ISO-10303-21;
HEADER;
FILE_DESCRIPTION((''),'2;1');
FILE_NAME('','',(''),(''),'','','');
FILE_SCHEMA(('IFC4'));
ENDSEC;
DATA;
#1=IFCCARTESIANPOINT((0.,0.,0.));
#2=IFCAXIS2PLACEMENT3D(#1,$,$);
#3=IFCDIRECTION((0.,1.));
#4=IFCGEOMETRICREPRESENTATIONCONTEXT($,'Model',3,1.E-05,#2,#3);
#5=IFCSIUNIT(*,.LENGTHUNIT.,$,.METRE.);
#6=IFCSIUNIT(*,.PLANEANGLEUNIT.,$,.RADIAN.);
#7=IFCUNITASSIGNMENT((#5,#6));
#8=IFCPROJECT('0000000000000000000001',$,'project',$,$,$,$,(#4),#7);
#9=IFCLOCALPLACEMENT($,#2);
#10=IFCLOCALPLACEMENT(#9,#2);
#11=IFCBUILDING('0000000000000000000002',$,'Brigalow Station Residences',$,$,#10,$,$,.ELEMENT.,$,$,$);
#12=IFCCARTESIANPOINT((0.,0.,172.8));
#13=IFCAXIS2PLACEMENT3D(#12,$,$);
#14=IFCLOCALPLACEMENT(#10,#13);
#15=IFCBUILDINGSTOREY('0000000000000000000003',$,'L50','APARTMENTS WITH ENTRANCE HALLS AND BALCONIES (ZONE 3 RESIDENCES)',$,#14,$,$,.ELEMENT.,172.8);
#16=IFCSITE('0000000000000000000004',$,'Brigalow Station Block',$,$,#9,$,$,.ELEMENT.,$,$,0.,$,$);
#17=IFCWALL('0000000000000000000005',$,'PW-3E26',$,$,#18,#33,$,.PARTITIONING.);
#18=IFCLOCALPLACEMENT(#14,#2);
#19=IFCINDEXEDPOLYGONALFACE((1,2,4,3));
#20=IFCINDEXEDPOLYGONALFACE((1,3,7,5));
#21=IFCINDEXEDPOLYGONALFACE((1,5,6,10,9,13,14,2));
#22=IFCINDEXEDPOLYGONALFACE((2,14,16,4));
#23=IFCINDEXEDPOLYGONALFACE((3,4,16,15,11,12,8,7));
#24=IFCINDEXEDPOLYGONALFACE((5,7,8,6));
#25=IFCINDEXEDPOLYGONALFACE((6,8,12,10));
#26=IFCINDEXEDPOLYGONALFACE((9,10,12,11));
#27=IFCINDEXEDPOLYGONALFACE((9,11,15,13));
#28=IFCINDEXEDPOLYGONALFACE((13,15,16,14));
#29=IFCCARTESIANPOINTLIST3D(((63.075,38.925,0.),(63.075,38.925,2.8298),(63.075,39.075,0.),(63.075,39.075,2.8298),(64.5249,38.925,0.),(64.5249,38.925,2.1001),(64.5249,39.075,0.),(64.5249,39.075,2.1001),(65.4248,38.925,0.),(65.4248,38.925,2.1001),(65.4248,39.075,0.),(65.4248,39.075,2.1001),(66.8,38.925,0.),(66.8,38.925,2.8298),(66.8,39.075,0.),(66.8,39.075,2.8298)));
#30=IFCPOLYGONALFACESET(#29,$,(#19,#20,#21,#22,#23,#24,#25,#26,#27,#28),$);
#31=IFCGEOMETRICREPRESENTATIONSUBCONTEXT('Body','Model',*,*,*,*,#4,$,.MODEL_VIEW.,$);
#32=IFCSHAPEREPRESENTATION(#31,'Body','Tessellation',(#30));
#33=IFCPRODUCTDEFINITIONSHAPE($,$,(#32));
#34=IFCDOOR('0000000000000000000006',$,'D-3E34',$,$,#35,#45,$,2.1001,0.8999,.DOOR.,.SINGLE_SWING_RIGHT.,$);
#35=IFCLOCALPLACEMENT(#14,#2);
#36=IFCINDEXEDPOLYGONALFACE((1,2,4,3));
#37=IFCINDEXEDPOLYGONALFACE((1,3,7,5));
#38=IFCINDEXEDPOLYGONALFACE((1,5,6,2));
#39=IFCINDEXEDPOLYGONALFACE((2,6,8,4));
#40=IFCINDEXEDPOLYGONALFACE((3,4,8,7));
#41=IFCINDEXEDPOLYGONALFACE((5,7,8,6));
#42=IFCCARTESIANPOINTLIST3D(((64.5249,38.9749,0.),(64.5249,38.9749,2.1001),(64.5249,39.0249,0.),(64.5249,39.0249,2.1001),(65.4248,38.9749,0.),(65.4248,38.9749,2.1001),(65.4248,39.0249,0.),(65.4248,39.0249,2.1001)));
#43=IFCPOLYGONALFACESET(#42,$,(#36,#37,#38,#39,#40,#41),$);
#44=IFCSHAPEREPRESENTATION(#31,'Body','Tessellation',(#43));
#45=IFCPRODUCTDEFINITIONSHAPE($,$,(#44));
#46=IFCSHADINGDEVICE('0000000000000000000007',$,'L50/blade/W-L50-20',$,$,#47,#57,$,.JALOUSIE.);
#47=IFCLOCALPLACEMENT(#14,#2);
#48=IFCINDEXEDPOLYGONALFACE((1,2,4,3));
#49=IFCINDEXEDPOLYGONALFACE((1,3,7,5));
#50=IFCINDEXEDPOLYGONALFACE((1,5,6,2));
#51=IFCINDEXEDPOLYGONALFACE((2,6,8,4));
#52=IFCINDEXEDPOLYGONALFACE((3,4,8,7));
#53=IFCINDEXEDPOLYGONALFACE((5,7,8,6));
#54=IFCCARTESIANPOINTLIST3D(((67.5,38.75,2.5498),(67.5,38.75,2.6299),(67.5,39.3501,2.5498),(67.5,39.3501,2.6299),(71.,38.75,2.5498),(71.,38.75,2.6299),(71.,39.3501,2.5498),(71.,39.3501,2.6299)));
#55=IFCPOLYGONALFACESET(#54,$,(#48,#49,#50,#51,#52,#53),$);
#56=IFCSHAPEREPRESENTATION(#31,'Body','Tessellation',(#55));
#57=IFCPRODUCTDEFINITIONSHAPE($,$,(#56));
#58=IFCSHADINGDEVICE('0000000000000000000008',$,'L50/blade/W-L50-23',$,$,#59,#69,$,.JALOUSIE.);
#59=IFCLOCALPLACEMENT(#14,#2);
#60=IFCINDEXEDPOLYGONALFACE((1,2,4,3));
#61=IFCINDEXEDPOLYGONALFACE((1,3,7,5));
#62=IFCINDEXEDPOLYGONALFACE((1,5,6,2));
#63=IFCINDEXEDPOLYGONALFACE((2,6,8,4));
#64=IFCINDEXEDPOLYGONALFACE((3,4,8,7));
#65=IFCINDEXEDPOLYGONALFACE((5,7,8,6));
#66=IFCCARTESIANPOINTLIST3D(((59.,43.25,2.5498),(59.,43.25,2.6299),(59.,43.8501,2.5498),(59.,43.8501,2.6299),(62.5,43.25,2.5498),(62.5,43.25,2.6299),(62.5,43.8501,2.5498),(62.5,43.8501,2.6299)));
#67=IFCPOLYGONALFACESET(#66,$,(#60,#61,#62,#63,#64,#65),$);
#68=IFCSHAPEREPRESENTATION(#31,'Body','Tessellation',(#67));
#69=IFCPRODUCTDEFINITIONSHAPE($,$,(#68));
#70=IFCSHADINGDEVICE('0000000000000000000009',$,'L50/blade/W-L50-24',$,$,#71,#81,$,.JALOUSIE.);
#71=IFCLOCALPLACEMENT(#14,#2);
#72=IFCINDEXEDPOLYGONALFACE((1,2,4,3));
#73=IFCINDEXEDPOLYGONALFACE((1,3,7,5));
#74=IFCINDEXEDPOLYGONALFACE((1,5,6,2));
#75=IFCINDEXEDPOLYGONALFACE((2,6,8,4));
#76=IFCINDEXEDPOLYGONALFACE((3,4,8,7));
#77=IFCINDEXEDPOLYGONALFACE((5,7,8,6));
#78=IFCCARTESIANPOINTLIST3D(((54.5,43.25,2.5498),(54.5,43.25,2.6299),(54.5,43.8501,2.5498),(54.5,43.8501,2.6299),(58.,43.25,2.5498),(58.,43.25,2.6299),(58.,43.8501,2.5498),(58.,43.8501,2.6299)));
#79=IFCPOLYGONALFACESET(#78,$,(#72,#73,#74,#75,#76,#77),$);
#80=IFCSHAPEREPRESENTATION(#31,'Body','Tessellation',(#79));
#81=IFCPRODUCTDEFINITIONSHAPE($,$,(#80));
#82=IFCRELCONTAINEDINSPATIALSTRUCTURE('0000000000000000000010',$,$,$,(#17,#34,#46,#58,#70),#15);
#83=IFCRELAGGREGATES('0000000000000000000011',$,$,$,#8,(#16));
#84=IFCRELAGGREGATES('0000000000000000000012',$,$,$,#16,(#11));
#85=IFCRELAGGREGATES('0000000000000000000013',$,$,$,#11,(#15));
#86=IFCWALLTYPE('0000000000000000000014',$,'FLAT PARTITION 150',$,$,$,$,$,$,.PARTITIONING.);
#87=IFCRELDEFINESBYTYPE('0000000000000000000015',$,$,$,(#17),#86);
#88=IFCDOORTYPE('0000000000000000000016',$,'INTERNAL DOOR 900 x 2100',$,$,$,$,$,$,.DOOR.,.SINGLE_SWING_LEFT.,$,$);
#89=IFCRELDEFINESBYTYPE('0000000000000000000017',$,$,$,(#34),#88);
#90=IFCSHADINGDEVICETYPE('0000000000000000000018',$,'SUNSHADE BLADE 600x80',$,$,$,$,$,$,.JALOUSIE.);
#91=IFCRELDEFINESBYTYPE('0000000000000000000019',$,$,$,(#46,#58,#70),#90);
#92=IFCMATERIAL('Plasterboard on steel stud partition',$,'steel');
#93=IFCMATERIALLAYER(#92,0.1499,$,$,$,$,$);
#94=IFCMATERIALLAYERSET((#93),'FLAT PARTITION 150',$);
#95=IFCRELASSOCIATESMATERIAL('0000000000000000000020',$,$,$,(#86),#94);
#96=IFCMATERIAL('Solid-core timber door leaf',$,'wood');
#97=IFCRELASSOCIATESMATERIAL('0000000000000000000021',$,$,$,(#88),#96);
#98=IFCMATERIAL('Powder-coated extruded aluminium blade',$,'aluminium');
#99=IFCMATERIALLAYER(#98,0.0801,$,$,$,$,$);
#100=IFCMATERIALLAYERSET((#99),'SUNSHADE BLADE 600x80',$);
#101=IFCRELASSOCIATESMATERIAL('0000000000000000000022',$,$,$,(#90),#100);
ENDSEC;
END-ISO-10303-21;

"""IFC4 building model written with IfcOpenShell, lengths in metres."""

from ifc_helpers import new_model, si_unit, direction, frame, frame_2d, origin, origin_2d, place, context, subcontext, project, spatial, rectangle, extrude, material, layer, layer_set, type_object, element, fill, save


model = new_model("IFC4")

# Units and contexts
model_context = context("Model", 3, precision=1e-05, world=origin(), true_north=direction((0.0, 1.0)))
body_context = subcontext(model_context, "Body", "Model", "MODEL_VIEW")
ifc_project = project(units=[si_unit("LENGTHUNIT", "METRE"), si_unit("PLANEANGLEUNIT", "RADIAN")], contexts=[model_context])

# Site, building, storey
site_placement = place(None, origin())
site = spatial("IfcSite", under=ifc_project, at=site_placement, Name="Brigalow Station Block", CompositionType="ELEMENT", RefElevation=0.0)
building_placement = place(site_placement, origin())
building = spatial("IfcBuilding", under=site, at=building_placement, Name="Brigalow Station Residences", CompositionType="ELEMENT")
storey_placement = place(building_placement, frame((0.0, 0.0, 172.8)))
storey = spatial("IfcBuildingStorey", under=building, at=storey_placement, Name="L50", Description="APARTMENTS WITH ENTRANCE HALLS AND BALCONIES (ZONE 3 RESIDENCES)", CompositionType="ELEMENT", Elevation=172.8)

# Shared definitions
ifc_material_1 = material(Name="Plasterboard on steel stud partition", Category="steel")
ifc_layer_1 = layer(ifc_material_1, 0.1499)
ifc_layer_set_1 = layer_set([ifc_layer_1], Name="FLAT PARTITION 150")
wall_type_1 = type_object("IfcWallType", Name="FLAT PARTITION 150", PredefinedType="PARTITIONING", material=ifc_layer_set_1)

# Wall, opening, door
wall_1_placement = place(storey_placement, frame((63.075, 39.0, 0.0), z_axis=(0.0, 0.0, 1.0), x_axis=(1.0, 0.0, 0.0)))
wall_1 = element("IfcWall", 1, at=wall_1_placement, inside=storey, type_object=wall_type_1, Name="PW-3E26", PredefinedType="PARTITIONING", context=body_context, shape_type="SweptSolid", body=[
    extrude(rectangle(XDim=3.7251, YDim=0.1499, at=frame_2d((1.8625, 0.0))), origin(), (0.0, 0.0, 1.0), 2.8298),
])
opening_1_placement = place(wall_1_placement, frame((1.45, 0.0, 0.0)))
opening_1 = element("IfcOpeningElement", 2, at=opening_1_placement, cuts=wall_1, PredefinedType="OPENING", context=body_context, shape_type="SweptSolid", body=[
    extrude(rectangle(XDim=0.8999, YDim=2.1001, at=frame_2d((0.45, 1.05))), frame((0.0, 0.085, 0.0), z_axis=(0.0, -1.0, 0.0), x_axis=(1.0, 0.0, 0.0)), (0.0, 0.0, 1.0), 0.1699),
])
ifc_material_2 = material(Name="Solid-core timber door leaf", Category="wood")
door_type_1 = type_object("IfcDoorType", Name="INTERNAL DOOR 900 x 2100", OperationType="SINGLE_SWING_LEFT", PredefinedType="DOOR", material=ifc_material_2)
door_1_placement = place(opening_1_placement, origin())
door_1 = element("IfcDoor", 3, at=door_1_placement, inside=storey, type_object=door_type_1, Name="D-3E34", OperationType="SINGLE_SWING_RIGHT", OverallHeight=2.1001, OverallWidth=0.8999, PredefinedType="DOOR", context=body_context, shape_type="SweptSolid", body=[
    extrude(rectangle(XDim=0.8999, YDim=2.1001, at=frame_2d((0.45, 1.05))), frame((0.0, 0.0249, 0.0), z_axis=(0.0, -1.0, 0.0), x_axis=(1.0, 0.0, 0.0)), (0.0, 0.0, 1.0), 0.05),
])
fill(opening_1, door_1)

# Shading devices
ifc_material_3 = material(Name="Powder-coated extruded aluminium blade", Category="aluminium")
ifc_layer_2 = layer(ifc_material_3, 0.0801)
ifc_layer_set_2 = layer_set([ifc_layer_2], Name="SUNSHADE BLADE 600x80")
shading_device_type = type_object("IfcShadingDeviceType", Name="SUNSHADE BLADE 600x80", PredefinedType="JALOUSIE", material=ifc_layer_set_2)
for number, where, z_axis, x_axis, name in (
    (4, (69.25, 39.05, 2.5498), (0.0, 0.0, 1.0), (-1.0, 0.0, 0.0), "L50/blade/W-L50-20"),
    (5, (60.75, 43.55, 2.5498), (0.0, 0.0, 1.0), (-1.0, 0.0, 0.0), "L50/blade/W-L50-23"),
    (6, (56.25, 43.55, 2.5498), (0.0, 0.0, 1.0), (-1.0, 0.0, 0.0), "L50/blade/W-L50-24"),
):
    element("IfcShadingDevice", number, at=place(storey_placement, frame(where, z_axis=z_axis, x_axis=x_axis)), inside=storey, type_object=shading_device_type, Name=name, PredefinedType="JALOUSIE", context=body_context, shape_type="SweptSolid", body=[
        extrude(rectangle(XDim=3.5, YDim=0.6001, at=origin_2d()), origin(), (0.0, 0.0, 1.0), 0.0801),
    ])

save(model, "model.ifc")
